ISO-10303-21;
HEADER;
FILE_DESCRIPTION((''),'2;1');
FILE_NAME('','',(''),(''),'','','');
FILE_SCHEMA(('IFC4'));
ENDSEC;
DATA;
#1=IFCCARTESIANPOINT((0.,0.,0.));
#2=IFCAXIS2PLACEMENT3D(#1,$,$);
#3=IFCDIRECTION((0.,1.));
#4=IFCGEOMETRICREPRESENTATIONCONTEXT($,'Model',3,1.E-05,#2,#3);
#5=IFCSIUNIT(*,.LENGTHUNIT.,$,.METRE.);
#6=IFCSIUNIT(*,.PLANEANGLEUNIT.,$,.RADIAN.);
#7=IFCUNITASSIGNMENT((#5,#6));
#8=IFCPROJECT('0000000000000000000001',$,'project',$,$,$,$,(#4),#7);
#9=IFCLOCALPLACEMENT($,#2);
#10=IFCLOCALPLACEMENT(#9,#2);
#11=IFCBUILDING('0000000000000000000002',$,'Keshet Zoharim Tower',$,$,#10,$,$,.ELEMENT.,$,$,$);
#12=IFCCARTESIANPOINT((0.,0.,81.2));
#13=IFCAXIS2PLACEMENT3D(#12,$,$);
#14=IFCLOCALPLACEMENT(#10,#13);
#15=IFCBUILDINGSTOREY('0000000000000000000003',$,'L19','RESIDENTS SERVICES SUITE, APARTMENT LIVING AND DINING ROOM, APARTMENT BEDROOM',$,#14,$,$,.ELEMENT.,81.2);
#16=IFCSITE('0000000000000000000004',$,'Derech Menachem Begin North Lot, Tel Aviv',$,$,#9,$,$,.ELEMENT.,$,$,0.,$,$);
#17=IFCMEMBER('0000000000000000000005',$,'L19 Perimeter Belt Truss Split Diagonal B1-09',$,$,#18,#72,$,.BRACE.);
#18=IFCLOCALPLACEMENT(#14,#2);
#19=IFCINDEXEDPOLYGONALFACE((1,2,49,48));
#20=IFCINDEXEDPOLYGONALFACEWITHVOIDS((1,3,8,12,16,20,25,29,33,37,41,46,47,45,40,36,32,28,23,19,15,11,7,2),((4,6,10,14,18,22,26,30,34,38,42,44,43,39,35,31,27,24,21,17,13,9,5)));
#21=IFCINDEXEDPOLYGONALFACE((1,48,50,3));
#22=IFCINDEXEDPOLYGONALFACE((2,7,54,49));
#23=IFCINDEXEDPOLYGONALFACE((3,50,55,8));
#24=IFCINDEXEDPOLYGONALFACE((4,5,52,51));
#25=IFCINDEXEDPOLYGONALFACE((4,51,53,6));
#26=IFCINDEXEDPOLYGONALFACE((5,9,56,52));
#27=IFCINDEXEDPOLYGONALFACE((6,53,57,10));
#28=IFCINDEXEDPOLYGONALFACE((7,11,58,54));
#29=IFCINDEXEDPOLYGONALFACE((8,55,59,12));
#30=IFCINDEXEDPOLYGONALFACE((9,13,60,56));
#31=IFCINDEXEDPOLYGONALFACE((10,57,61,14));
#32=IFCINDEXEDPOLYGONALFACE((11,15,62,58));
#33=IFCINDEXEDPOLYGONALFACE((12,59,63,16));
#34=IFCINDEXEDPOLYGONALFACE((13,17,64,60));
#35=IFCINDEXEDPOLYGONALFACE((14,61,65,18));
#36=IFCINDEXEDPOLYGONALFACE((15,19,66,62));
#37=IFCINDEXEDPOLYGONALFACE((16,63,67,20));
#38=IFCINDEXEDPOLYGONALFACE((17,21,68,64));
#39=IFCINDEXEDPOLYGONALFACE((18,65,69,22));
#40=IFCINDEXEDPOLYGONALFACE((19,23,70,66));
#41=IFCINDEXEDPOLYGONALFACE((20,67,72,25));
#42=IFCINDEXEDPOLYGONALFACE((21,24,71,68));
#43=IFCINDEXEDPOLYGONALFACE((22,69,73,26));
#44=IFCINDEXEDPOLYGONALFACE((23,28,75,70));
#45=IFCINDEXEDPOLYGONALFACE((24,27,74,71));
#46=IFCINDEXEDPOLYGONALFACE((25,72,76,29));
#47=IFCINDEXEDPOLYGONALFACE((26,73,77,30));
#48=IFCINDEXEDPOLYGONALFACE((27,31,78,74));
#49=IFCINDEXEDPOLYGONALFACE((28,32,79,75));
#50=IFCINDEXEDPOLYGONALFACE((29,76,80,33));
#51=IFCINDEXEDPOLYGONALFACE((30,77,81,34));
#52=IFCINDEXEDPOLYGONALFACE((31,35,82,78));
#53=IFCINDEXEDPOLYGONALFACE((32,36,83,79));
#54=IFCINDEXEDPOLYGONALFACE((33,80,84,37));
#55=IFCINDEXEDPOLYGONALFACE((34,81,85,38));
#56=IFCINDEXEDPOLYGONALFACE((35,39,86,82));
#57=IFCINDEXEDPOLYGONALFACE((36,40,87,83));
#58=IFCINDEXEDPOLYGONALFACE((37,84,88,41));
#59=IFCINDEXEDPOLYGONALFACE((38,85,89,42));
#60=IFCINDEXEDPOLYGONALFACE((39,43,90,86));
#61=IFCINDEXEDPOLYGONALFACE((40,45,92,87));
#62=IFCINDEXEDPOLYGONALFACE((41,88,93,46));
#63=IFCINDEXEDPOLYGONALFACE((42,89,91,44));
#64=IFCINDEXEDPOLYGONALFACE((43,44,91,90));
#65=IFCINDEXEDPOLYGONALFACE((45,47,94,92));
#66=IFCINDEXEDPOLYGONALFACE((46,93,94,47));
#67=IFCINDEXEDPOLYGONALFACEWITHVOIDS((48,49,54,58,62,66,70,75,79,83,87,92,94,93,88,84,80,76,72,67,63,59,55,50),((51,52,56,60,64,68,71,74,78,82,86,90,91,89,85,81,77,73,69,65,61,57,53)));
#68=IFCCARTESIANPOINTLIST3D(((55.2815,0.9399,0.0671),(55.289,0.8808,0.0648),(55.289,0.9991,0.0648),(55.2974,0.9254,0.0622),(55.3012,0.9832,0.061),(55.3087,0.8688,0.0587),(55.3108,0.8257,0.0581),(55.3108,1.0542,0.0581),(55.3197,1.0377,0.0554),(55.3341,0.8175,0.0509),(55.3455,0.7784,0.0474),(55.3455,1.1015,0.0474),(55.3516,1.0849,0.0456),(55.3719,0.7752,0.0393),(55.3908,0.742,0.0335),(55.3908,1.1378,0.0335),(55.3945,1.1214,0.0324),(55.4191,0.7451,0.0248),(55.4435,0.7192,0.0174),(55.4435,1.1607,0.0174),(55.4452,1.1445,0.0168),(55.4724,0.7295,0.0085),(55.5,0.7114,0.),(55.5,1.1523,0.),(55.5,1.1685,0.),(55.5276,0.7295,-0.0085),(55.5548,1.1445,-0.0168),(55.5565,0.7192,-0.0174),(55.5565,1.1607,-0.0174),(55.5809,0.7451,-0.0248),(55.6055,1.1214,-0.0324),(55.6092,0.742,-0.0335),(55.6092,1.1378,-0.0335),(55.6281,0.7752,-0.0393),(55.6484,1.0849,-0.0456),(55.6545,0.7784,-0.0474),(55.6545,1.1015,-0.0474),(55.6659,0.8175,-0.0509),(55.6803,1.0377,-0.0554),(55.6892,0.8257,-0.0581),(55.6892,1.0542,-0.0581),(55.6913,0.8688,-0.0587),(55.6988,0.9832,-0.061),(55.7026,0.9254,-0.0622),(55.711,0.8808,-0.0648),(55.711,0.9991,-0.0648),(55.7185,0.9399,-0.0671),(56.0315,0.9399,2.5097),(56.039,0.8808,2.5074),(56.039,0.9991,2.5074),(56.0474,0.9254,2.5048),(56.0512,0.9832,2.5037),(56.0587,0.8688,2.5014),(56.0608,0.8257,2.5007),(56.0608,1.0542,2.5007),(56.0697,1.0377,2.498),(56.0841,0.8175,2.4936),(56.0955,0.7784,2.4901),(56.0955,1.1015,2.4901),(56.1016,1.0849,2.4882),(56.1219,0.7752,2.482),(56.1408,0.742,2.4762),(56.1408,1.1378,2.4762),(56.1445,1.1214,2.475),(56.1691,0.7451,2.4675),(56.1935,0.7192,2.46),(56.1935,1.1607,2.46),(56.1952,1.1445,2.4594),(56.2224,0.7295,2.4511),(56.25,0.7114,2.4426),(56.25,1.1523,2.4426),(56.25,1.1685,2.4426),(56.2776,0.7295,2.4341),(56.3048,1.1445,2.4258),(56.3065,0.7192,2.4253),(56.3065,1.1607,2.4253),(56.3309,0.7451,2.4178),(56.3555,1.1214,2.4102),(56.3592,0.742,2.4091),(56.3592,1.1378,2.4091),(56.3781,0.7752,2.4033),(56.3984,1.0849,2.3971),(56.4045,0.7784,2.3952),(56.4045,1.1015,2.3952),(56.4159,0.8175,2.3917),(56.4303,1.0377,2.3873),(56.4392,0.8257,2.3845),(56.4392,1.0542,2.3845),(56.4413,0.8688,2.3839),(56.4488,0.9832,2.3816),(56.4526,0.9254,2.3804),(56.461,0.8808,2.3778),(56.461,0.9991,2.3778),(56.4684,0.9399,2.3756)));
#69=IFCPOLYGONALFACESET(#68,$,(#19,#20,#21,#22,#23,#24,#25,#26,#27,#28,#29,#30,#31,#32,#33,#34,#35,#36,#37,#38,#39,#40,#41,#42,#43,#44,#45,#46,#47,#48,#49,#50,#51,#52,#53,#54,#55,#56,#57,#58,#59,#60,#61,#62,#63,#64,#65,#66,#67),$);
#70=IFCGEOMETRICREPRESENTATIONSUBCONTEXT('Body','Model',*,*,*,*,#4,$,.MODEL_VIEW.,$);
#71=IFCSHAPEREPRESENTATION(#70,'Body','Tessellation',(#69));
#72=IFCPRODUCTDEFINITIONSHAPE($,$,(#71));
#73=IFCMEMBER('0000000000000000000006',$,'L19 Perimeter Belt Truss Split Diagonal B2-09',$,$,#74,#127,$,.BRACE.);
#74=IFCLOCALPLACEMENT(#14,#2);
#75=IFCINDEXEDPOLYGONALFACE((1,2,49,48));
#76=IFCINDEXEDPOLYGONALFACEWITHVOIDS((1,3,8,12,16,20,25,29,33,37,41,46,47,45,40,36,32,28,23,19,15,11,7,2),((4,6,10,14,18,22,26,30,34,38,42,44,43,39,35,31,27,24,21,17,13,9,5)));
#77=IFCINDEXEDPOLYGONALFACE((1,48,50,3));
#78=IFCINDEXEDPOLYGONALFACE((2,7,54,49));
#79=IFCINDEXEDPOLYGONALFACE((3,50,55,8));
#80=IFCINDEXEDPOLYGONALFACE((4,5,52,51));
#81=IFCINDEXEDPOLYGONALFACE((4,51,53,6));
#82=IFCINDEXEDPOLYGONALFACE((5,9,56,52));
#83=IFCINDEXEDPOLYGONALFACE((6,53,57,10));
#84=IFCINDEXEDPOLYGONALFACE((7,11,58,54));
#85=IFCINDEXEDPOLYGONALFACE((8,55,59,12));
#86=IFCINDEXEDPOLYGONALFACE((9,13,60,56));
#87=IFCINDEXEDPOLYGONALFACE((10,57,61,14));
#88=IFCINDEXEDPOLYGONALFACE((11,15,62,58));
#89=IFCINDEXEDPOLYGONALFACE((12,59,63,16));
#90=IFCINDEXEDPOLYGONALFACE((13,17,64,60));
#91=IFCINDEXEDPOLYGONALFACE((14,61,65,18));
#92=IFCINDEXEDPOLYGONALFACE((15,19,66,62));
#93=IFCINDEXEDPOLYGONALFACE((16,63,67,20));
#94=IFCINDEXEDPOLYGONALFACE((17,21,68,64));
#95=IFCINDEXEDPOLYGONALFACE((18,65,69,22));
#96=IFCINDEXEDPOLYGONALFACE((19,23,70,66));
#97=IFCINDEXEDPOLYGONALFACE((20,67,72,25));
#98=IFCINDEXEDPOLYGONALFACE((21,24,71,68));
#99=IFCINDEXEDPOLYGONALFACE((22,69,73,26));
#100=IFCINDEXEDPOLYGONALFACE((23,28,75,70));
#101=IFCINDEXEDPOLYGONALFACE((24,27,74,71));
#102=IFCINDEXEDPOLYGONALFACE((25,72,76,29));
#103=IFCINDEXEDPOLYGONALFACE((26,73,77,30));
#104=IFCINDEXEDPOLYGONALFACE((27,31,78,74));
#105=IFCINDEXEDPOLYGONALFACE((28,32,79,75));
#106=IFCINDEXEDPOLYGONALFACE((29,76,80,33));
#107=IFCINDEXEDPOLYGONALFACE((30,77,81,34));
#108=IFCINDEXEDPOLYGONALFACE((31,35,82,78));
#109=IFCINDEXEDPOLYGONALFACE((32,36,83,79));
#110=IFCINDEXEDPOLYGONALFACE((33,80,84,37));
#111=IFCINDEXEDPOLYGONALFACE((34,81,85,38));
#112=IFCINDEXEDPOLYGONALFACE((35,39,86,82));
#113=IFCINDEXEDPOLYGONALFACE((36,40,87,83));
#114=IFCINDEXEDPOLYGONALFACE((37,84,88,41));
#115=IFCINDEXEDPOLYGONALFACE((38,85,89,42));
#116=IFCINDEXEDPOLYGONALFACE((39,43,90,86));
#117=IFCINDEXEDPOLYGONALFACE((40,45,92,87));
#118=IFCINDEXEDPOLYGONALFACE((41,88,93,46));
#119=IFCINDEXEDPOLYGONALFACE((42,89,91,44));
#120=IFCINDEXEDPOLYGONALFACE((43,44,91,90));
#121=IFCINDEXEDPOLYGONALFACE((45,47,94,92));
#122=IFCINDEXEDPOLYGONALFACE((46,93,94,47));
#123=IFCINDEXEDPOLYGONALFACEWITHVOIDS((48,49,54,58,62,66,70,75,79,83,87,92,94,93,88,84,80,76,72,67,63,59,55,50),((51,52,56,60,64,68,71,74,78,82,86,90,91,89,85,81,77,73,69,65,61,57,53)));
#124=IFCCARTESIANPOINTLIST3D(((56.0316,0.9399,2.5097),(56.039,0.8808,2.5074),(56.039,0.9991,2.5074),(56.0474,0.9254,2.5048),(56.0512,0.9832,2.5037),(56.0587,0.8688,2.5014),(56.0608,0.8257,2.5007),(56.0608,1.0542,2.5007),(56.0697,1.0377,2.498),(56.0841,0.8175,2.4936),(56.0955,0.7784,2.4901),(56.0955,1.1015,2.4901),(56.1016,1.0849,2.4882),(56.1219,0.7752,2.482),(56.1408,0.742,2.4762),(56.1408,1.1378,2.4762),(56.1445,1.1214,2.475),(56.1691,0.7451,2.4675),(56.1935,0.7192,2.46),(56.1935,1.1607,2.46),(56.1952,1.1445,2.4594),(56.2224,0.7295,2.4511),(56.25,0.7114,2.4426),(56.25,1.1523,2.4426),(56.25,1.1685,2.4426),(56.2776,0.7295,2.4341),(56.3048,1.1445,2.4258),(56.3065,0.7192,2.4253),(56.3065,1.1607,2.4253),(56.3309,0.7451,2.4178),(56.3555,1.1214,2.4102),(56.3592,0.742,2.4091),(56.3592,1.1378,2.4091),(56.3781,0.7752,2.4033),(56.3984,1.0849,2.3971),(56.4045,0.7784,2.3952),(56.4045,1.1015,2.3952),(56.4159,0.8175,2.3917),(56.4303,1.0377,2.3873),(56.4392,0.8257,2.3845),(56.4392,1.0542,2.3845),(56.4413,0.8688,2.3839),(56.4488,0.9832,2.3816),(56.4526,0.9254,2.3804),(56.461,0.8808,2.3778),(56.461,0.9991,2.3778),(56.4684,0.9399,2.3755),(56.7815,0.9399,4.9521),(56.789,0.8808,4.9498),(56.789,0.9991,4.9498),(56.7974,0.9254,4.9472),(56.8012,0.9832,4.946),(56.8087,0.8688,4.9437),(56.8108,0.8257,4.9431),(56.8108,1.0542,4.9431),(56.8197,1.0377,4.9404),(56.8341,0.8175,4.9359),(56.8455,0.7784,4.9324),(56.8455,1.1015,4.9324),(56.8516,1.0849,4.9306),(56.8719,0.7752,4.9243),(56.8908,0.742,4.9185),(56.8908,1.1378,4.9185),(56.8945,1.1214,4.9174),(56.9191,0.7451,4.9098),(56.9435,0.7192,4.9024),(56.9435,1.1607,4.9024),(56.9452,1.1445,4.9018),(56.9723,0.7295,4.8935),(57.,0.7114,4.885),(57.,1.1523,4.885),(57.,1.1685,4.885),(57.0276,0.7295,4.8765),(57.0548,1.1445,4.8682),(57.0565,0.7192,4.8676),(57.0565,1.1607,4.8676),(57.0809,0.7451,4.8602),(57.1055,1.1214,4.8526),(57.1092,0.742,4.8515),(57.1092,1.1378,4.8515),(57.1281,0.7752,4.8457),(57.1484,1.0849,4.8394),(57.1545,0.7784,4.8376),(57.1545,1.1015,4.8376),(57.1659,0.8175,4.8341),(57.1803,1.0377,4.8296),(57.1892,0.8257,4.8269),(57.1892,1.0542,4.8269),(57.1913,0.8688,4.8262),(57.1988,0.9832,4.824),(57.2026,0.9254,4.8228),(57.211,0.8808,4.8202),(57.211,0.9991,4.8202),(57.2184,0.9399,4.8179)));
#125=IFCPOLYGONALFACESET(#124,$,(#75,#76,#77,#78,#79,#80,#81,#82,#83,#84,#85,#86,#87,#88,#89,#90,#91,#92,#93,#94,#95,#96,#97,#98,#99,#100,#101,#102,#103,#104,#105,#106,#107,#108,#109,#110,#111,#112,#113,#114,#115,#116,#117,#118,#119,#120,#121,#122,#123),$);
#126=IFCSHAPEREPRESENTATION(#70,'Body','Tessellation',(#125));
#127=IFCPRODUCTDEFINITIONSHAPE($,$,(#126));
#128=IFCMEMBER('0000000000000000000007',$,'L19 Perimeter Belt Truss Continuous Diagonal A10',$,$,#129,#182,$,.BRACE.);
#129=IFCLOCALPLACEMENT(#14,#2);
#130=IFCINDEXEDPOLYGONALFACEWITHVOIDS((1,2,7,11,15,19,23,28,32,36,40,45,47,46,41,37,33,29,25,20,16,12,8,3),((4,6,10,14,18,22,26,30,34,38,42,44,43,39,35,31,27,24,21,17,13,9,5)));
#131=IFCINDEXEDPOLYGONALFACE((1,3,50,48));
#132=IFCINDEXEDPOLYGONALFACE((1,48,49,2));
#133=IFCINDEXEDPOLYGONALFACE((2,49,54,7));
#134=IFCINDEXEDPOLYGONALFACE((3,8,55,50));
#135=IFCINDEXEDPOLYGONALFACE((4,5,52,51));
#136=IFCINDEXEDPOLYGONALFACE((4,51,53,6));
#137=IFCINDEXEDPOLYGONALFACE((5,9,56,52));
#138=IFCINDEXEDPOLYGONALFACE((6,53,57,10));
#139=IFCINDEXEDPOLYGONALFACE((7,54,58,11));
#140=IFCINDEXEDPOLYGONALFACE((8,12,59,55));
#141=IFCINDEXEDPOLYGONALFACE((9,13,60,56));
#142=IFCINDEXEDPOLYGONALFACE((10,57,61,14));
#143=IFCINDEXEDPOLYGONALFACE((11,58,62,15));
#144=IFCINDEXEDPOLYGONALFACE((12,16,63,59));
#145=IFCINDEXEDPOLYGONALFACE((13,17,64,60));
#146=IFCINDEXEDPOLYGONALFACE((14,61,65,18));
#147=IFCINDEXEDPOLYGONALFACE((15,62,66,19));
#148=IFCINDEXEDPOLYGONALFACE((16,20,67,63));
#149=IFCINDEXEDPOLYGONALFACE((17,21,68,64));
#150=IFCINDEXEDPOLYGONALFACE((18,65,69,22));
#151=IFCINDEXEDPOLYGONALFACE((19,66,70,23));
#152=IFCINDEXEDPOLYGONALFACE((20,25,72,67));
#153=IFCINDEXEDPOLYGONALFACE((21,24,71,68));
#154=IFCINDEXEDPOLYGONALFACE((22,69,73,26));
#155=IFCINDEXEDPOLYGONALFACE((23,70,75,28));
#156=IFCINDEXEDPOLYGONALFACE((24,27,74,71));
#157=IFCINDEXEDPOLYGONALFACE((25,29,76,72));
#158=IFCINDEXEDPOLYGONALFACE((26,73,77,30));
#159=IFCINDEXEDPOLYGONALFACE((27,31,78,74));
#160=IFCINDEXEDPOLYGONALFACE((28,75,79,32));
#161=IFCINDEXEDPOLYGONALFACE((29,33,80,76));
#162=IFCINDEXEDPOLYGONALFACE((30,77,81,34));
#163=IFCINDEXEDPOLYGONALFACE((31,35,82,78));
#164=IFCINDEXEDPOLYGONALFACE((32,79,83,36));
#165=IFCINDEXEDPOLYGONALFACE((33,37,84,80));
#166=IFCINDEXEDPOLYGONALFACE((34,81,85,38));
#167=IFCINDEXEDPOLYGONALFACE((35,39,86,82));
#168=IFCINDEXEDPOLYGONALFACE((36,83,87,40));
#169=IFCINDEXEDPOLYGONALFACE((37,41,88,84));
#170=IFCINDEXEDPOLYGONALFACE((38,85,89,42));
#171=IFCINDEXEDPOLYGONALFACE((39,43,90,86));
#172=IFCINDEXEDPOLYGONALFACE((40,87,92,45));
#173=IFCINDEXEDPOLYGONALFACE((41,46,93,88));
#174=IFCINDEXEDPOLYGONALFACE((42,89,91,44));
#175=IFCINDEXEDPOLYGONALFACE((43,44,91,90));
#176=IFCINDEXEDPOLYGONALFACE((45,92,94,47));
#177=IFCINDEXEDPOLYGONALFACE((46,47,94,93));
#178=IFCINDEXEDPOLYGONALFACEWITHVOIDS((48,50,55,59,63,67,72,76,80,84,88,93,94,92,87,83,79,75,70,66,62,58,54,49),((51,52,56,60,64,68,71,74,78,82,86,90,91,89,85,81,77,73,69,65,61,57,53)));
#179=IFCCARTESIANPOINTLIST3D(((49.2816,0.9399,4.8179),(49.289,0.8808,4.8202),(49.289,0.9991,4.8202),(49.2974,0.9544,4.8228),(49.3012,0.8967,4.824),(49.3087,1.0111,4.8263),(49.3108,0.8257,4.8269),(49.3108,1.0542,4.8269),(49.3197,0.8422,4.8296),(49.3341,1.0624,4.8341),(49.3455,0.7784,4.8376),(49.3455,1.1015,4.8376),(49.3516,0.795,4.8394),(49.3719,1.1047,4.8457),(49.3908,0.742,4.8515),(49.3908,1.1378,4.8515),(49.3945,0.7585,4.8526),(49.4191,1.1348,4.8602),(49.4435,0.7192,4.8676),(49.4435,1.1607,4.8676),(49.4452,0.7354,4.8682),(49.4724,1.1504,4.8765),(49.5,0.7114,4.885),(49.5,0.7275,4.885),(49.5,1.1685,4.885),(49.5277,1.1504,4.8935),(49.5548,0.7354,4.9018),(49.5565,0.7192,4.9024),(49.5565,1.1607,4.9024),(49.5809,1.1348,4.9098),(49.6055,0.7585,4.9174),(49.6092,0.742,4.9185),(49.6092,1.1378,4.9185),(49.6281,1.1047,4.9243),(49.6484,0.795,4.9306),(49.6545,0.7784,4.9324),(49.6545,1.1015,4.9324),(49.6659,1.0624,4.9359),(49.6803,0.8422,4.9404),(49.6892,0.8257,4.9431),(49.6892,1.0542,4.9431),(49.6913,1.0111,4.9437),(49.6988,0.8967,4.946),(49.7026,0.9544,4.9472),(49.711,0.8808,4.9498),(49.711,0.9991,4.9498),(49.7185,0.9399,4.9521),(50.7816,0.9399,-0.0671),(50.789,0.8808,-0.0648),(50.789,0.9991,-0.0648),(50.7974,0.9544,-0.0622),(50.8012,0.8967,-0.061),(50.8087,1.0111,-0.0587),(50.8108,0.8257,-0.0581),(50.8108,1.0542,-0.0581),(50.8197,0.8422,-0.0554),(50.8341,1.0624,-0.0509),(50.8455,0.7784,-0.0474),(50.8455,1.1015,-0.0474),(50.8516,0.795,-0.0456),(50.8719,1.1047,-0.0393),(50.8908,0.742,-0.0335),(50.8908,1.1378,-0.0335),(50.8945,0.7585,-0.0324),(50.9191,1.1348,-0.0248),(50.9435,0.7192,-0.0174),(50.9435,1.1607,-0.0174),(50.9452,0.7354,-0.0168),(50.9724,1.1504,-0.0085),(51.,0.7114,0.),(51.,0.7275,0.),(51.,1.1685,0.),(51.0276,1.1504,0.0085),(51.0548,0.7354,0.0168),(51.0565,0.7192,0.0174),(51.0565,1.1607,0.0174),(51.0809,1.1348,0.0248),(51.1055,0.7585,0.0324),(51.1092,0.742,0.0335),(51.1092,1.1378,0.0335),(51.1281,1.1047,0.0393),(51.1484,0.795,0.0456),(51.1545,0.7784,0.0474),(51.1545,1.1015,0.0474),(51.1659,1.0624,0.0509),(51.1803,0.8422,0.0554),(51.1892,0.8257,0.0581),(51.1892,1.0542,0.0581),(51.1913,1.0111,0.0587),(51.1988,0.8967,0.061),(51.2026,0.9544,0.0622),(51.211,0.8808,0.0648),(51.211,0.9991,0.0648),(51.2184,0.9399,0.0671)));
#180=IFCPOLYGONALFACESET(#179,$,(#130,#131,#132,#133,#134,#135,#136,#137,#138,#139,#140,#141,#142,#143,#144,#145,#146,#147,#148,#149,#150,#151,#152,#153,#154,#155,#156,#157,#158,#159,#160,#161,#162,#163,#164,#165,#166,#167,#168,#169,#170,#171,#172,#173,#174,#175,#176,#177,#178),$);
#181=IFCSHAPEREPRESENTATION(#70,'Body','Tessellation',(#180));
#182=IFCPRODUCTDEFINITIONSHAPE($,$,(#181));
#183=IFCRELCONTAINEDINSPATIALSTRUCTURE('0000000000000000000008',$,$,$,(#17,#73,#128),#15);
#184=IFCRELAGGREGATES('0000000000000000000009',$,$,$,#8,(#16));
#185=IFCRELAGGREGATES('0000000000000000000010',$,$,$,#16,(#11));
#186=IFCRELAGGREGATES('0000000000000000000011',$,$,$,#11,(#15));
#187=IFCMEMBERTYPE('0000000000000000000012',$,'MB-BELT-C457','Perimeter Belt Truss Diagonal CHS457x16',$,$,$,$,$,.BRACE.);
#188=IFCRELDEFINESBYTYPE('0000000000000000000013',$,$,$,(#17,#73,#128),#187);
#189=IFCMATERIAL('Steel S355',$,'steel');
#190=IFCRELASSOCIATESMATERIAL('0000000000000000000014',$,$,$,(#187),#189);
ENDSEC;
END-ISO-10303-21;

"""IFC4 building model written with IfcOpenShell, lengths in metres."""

from ifc_helpers import new_model, si_unit, direction, frame, origin, origin_2d, place, context, subcontext, project, spatial, hollow_circle, extrude, material, material_profile, profile_set, type_object, element, save


model = new_model("IFC4")

# Units and contexts
model_context = context("Model", 3, precision=1e-05, world=origin(), true_north=direction((0.0, 1.0)))
body_context = subcontext(model_context, "Body", "Model", "MODEL_VIEW")
ifc_project = project(units=[si_unit("LENGTHUNIT", "METRE"), si_unit("PLANEANGLEUNIT", "RADIAN")], contexts=[model_context])

# Site, building, storey
site_placement = place(None, origin())
site = spatial("IfcSite", under=ifc_project, at=site_placement, Name="Derech Menachem Begin North Lot, Tel Aviv", CompositionType="ELEMENT", RefElevation=0.0)
building_placement = place(site_placement, origin())
building = spatial("IfcBuilding", under=site, at=building_placement, Name="Keshet Zoharim Tower", CompositionType="ELEMENT")
storey_placement = place(building_placement, frame((0.0, 0.0, 81.2)))
storey = spatial("IfcBuildingStorey", under=building, at=storey_placement, Name="L19", Description="RESIDENTS SERVICES SUITE, APARTMENT LIVING AND DINING ROOM, APARTMENT BEDROOM", CompositionType="ELEMENT", Elevation=81.2)

# Members
ifc_material_1 = material(Name="Steel S355", Category="steel")
ifc_material_profile_1 = material_profile(ifc_material_1, hollow_circle(Radius=0.2285, WallThickness=0.0161, at=origin_2d()), Name="CHS457x16")
ifc_profile_set_1 = profile_set([ifc_material_profile_1], Name="Steel S355")
member_type_1 = type_object("IfcMemberType", Name="MB-BELT-C457", Description="Perimeter Belt Truss Diagonal CHS457x16", PredefinedType="BRACE", material=ifc_profile_set_1)
member_1_placement = place(storey_placement, frame((55.5, 0.9399, 0.0), z_axis=(0.293522, 0.0, 0.955952), x_axis=(0.0, 1.0, 0.0)))
element("IfcMember", 1, at=member_1_placement, inside=storey, type_object=member_type_1, Name="L19 Perimeter Belt Truss Split Diagonal B1-09", PredefinedType="BRACE", context=body_context, shape_type="SweptSolid", body=[
    extrude(hollow_circle(Radius=0.2285, WallThickness=0.0161, at=origin_2d()), origin(), (0.0, 0.0, 1.0), 2.5552),
])
member_2_placement = place(storey_placement, frame((56.25, 0.9399, 2.4426), z_axis=(0.293549, 0.0, 0.955944), x_axis=(0.0, 1.0, 0.0)))
element("IfcMember", 2, at=member_2_placement, inside=storey, type_object=member_type_1, Name="L19 Perimeter Belt Truss Split Diagonal B2-09", PredefinedType="BRACE", context=body_context, shape_type="SweptSolid", body=[
    extrude(hollow_circle(Radius=0.2285, WallThickness=0.0161, at=origin_2d()), origin(), (0.0, 0.0, 1.0), 2.5549),
])
member_3_placement = place(storey_placement, frame((51.0, 0.9399, 0.0), z_axis=(-0.293535, 0.0, 0.955948), x_axis=(0.0, -1.0, 0.0)))
element("IfcMember", 3, at=member_3_placement, inside=storey, type_object=member_type_1, Name="L19 Perimeter Belt Truss Continuous Diagonal A10", PredefinedType="BRACE", context=body_context, shape_type="SweptSolid", body=[
    extrude(hollow_circle(Radius=0.2285, WallThickness=0.0161, at=origin_2d()), origin(), (0.0, 0.0, 1.0), 5.1101),
])

save(model, "model.ifc")
